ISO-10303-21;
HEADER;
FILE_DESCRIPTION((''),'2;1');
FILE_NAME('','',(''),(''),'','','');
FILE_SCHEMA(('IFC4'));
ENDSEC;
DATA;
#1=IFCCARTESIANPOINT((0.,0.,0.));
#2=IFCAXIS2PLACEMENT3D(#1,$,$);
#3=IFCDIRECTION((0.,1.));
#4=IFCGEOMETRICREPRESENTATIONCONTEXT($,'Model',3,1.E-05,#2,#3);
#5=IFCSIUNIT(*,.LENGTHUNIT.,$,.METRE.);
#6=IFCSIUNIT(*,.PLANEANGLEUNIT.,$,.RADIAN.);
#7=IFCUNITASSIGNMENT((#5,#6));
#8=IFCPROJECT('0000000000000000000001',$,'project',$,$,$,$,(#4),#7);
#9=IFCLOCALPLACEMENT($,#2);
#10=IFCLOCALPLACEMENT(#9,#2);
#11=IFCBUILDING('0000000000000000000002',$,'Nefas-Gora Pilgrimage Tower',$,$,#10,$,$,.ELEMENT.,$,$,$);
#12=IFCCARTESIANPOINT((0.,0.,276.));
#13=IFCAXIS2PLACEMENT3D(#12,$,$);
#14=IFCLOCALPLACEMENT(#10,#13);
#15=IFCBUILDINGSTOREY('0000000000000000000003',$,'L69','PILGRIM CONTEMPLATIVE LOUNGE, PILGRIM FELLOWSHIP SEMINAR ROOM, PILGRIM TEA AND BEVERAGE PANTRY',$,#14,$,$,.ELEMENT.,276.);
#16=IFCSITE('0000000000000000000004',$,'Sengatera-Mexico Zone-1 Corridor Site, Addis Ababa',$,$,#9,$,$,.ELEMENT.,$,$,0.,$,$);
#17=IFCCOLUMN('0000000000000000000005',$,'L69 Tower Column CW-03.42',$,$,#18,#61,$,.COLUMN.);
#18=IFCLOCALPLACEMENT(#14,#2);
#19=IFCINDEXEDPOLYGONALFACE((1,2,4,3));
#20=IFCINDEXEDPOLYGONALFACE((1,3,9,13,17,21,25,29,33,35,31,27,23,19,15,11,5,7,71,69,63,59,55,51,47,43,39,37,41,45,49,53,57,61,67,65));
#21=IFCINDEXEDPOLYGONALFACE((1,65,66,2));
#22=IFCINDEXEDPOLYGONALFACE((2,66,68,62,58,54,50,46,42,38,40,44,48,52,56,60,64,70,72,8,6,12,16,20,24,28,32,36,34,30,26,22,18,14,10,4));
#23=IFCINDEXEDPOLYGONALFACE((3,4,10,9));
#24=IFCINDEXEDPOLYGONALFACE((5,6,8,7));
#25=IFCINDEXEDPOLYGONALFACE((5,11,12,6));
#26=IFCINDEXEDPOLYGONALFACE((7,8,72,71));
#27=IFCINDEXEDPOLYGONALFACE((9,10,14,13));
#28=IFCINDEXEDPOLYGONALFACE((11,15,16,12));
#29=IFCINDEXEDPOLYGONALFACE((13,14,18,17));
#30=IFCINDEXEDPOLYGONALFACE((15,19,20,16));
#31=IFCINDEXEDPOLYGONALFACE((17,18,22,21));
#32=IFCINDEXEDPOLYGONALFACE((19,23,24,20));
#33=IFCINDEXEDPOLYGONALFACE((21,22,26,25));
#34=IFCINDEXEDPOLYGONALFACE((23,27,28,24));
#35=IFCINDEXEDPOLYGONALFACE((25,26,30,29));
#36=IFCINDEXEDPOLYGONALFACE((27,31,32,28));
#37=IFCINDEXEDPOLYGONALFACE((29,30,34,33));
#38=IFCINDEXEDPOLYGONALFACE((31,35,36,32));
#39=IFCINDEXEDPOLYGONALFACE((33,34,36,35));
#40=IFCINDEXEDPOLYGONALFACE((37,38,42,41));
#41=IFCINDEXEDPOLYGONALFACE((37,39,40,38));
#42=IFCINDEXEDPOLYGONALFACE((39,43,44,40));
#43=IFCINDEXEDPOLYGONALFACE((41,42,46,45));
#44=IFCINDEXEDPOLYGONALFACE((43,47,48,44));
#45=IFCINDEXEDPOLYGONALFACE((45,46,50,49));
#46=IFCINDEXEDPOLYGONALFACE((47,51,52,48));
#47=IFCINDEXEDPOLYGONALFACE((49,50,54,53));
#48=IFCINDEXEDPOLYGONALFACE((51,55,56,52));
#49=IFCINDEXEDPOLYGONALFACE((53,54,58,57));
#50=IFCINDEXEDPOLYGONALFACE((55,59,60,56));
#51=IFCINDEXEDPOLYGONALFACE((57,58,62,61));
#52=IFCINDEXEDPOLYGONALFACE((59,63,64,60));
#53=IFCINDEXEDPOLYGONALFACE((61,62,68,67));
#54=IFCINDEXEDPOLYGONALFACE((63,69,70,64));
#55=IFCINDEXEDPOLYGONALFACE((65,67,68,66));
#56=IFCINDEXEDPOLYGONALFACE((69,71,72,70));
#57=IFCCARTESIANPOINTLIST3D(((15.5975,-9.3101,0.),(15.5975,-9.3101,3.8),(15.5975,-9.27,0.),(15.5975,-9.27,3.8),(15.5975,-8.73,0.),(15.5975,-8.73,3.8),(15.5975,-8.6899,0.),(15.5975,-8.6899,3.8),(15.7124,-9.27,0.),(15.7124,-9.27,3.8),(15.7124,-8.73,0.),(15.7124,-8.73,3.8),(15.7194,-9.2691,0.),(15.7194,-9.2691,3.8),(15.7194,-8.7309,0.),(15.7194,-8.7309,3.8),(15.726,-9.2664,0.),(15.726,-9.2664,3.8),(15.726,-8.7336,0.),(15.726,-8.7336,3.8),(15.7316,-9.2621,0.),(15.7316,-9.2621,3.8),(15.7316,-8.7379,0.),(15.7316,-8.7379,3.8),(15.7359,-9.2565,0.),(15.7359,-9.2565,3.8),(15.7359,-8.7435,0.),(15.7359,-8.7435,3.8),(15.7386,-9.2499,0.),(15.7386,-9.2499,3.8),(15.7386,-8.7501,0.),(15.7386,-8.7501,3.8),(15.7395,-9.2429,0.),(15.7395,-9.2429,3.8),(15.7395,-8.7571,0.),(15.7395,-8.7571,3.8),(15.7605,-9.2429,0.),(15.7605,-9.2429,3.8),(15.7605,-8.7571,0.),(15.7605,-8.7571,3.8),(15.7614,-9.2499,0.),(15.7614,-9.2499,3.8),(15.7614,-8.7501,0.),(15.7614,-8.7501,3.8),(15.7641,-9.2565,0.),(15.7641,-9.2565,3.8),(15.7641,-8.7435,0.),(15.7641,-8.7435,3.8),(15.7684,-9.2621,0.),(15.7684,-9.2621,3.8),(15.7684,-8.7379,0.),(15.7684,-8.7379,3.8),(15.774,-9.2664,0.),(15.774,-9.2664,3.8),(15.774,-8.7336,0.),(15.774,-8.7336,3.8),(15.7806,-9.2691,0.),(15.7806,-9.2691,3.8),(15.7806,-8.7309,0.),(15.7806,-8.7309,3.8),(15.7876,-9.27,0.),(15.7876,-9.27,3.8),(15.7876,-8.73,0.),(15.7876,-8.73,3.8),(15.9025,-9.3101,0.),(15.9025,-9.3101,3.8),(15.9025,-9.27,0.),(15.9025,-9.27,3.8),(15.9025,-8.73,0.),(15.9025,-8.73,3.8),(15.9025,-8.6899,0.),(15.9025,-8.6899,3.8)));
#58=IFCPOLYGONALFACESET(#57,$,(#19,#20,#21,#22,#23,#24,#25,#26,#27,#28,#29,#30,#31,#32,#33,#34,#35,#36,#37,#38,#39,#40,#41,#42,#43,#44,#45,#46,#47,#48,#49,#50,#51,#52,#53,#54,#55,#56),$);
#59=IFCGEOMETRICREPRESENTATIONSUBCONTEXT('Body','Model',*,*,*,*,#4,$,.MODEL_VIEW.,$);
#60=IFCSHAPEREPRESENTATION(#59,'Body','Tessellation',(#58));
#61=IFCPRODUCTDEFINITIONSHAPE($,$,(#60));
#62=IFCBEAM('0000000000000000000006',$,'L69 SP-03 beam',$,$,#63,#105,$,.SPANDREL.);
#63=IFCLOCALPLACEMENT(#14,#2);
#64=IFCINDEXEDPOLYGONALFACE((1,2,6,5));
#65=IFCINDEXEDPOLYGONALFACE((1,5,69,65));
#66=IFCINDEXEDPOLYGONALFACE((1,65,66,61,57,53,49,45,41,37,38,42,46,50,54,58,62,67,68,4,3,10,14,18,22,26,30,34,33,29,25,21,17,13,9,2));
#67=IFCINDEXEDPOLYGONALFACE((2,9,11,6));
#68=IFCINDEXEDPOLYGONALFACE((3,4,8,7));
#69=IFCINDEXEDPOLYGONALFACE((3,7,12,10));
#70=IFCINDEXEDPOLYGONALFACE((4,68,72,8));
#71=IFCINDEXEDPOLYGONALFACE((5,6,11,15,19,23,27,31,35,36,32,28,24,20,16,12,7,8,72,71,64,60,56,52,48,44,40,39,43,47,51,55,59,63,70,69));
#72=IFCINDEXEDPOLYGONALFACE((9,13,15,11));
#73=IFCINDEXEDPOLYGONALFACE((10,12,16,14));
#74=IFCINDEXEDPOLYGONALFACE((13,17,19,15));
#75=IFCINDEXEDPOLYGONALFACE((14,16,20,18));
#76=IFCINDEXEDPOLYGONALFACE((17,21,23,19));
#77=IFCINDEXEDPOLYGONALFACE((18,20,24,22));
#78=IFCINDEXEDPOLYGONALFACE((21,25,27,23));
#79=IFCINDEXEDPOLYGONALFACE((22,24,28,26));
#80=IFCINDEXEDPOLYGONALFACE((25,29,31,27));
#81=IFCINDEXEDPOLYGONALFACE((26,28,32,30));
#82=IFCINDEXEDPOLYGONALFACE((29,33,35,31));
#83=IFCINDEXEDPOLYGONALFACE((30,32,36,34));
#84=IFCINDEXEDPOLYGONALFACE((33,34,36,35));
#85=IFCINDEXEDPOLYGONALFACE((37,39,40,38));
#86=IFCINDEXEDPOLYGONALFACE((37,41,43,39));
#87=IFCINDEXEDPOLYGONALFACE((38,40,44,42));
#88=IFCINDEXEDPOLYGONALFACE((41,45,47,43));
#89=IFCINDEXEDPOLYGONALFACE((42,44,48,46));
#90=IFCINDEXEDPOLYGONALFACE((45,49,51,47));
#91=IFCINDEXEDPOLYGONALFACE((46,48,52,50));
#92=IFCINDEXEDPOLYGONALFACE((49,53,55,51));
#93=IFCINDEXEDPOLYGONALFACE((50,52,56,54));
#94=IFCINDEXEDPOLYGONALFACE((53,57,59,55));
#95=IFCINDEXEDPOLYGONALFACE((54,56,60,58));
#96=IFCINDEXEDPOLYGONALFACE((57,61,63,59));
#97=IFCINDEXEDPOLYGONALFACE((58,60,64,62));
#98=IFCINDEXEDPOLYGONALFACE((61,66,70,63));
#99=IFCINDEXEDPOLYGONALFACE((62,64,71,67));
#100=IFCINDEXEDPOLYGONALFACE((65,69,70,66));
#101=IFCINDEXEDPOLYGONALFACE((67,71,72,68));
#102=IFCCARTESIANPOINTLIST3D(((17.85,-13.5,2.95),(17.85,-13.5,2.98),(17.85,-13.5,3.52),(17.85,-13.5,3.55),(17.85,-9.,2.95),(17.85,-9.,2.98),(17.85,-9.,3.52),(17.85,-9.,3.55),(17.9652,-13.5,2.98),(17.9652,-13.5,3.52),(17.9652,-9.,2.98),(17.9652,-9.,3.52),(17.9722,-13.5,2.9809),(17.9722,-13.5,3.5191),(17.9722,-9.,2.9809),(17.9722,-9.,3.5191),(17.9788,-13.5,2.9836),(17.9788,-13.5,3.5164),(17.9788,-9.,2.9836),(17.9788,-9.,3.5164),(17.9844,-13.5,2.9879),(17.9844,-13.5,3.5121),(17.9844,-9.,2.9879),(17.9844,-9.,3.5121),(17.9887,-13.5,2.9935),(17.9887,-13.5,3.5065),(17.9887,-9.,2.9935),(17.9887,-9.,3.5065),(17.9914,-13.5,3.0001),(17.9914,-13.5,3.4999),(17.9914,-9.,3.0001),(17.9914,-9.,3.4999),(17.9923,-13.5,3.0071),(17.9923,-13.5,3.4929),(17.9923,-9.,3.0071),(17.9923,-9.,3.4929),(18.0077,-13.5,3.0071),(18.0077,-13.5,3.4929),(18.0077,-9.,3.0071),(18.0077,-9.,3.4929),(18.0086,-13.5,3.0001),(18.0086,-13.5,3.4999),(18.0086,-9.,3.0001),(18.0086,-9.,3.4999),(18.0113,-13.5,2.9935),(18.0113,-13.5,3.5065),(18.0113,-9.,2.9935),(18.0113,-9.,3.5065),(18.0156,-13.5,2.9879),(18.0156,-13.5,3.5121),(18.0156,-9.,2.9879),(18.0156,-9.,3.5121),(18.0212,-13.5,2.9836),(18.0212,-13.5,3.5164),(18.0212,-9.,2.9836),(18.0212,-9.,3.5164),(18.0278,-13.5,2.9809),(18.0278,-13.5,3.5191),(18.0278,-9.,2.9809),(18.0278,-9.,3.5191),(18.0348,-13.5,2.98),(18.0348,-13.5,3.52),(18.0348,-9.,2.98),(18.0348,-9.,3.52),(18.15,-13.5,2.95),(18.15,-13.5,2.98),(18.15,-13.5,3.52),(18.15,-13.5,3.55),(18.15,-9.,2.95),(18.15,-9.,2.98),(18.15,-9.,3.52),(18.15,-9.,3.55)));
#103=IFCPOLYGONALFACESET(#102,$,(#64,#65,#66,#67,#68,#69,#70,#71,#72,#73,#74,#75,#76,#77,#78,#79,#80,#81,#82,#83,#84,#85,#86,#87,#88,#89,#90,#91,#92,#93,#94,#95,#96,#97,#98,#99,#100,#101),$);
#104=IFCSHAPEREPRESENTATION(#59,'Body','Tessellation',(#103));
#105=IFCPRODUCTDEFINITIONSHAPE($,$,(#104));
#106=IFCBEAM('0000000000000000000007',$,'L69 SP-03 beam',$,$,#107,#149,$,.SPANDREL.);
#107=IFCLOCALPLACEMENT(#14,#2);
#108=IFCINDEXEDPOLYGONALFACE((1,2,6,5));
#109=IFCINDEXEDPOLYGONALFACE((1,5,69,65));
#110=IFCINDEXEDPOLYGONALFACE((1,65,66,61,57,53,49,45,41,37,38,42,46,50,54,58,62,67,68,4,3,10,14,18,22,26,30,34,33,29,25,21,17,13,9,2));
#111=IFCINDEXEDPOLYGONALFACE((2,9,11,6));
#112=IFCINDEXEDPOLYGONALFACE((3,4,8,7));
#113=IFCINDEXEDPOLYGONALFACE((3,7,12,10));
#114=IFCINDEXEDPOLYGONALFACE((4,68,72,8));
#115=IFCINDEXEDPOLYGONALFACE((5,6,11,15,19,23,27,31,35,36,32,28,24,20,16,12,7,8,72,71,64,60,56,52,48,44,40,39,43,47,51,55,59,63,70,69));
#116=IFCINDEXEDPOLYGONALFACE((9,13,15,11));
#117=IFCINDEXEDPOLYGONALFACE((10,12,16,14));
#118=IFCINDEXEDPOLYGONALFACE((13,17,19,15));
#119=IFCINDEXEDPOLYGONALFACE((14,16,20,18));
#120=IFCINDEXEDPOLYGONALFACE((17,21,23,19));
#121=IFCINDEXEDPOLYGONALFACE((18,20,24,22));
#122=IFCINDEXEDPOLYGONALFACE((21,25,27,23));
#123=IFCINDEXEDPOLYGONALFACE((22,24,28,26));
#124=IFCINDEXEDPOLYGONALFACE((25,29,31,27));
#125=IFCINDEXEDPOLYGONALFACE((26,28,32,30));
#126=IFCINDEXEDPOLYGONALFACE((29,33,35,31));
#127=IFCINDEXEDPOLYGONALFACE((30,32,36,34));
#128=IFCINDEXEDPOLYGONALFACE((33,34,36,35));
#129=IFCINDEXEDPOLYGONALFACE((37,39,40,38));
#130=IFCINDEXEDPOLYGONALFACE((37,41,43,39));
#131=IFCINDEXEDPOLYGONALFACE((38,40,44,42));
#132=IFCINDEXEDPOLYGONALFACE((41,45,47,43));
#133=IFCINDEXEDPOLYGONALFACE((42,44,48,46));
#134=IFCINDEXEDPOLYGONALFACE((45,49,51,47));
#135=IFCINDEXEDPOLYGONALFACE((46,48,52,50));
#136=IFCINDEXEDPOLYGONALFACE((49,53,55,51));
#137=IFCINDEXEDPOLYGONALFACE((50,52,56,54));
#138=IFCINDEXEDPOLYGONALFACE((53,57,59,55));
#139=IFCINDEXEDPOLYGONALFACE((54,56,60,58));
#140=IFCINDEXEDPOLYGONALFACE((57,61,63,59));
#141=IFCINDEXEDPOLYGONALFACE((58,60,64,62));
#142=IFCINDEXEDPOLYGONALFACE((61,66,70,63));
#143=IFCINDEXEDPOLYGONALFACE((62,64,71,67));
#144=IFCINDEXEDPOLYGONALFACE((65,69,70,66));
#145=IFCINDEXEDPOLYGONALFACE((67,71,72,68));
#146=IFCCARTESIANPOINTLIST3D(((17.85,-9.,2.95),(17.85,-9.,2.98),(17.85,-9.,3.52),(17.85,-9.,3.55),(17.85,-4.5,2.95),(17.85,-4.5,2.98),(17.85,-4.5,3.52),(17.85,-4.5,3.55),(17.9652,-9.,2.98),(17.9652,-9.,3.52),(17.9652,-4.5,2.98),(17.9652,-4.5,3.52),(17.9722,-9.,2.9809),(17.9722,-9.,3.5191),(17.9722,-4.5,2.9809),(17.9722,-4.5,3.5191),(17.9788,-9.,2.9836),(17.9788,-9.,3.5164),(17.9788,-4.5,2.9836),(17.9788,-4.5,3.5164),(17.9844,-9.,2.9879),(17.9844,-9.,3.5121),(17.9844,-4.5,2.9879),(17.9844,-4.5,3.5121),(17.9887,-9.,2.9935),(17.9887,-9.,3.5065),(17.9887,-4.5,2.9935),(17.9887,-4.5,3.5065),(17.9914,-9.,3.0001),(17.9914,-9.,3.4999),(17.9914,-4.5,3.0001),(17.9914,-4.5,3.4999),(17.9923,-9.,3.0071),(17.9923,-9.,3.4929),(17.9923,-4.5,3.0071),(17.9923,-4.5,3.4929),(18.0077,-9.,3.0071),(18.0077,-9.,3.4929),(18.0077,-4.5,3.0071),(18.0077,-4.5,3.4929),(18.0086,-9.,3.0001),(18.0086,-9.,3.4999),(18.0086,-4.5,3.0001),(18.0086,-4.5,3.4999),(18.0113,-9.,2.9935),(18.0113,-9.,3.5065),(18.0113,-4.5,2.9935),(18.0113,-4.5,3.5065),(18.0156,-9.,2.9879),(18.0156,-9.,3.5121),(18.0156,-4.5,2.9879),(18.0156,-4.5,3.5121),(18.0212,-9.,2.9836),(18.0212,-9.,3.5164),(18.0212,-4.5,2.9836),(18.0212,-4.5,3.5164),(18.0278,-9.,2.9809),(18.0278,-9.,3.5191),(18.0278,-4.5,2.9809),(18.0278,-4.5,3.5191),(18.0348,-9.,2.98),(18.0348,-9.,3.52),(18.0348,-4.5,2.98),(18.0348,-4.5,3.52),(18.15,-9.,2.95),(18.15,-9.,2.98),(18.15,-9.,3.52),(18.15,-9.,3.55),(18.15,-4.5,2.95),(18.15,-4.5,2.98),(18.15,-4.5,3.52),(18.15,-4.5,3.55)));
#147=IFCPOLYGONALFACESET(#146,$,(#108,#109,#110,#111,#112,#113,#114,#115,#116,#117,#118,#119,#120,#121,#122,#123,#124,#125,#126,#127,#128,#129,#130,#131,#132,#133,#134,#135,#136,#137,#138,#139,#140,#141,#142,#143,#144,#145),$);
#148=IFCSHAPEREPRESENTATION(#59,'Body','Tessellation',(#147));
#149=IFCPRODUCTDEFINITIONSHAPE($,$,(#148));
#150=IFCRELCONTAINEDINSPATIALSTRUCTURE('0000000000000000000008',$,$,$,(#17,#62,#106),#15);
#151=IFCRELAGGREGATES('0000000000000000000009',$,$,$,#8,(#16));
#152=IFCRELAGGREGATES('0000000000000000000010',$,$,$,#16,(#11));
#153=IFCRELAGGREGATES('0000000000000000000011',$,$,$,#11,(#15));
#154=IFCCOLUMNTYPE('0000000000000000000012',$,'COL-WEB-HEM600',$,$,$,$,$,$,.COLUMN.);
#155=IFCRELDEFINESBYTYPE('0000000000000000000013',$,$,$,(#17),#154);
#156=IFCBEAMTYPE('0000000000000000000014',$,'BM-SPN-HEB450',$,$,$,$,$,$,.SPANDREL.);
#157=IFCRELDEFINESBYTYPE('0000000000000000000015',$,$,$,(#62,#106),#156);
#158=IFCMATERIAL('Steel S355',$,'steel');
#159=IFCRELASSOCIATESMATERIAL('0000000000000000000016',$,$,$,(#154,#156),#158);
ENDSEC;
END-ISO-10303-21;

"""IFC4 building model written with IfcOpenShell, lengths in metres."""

from ifc_helpers import new_model, si_unit, direction, frame, origin, origin_2d, place, context, subcontext, project, spatial, i_section, extrude, source, transform, mapped, material, material_profile, profile_set, type_object, element, save


model = new_model("IFC4")

# Units and contexts
model_context = context("Model", 3, precision=1e-05, world=origin(), true_north=direction((0.0, 1.0)))
body_context = subcontext(model_context, "Body", "Model", "MODEL_VIEW")
ifc_project = project(units=[si_unit("LENGTHUNIT", "METRE"), si_unit("PLANEANGLEUNIT", "RADIAN")], contexts=[model_context])

# Site, building, storey
site_placement = place(None, origin())
site = spatial("IfcSite", under=ifc_project, at=site_placement, Name="Sengatera-Mexico Zone-1 Corridor Site, Addis Ababa", CompositionType="ELEMENT", RefElevation=0.0)
building_placement = place(site_placement, origin())
building = spatial("IfcBuilding", under=site, at=building_placement, Name="Nefas-Gora Pilgrimage Tower", CompositionType="ELEMENT")
storey_placement = place(building_placement, frame((0.0, 0.0, 276.0)))
storey = spatial("IfcBuildingStorey", under=building, at=storey_placement, Name="L69", Description="PILGRIM CONTEMPLATIVE LOUNGE, PILGRIM FELLOWSHIP SEMINAR ROOM, PILGRIM TEA AND BEVERAGE PANTRY", CompositionType="ELEMENT", Elevation=276.0)

# Column
ifc_material_1 = material(Name="Steel S355", Category="steel")
ifc_material_profile_1 = material_profile(ifc_material_1, i_section(OverallWidth=0.3049, OverallDepth=0.6201, WebThickness=0.021, FlangeThickness=0.04, FilletRadius=0.0271, at=origin_2d()), Name="HEM 600")
ifc_profile_set_1 = profile_set([ifc_material_profile_1], Name="Steel S355")
column_type_1 = type_object("IfcColumnType", Name="COL-WEB-HEM600", PredefinedType="COLUMN", material=ifc_profile_set_1)
shared_shape_1 = source(origin(), body_context, "Body", "SweptSolid", [
    extrude(i_section(OverallWidth=0.3049, OverallDepth=0.6201, WebThickness=0.021, FlangeThickness=0.04, FilletRadius=0.0271, at=origin_2d()), origin(), (0.0, 0.0, 1.0), 3.8),
])
for number, where, z_axis, x_axis, name in (
    (1, (15.75, -9.0, 0.0), (0.0, 0.0, 1.0), (1.0, 0.0, 0.0), "L69 Tower Column CW-03.42"),
):
    element("IfcColumn", number, at=place(storey_placement, frame(where, z_axis=z_axis, x_axis=x_axis)), inside=storey, type_object=column_type_1, Name=name, PredefinedType="COLUMN", context=body_context, shape_type="MappedRepresentation", body=[
        mapped(shared_shape_1, transform((0.0, 0.0, 0.0), x_axis=(1.0, 0.0, 0.0), y_axis=(0.0, 1.0, 0.0), z_axis=(0.0, 0.0, 1.0), scale=1.0)),
    ])

# Beams
ifc_material_profile_2 = material_profile(ifc_material_1, i_section(OverallWidth=0.3, OverallDepth=0.6001, WebThickness=0.0154, FlangeThickness=0.03, FilletRadius=0.0271, at=origin_2d()), Name="HEB 600")
ifc_profile_set_2 = profile_set([ifc_material_profile_2], Name="Steel S355")
beam_type_1 = type_object("IfcBeamType", Name="BM-SPN-HEB450", PredefinedType="SPANDREL", material=ifc_profile_set_2)
shared_shape_2 = source(origin(), body_context, "Body", "SweptSolid", [
    extrude(i_section(OverallWidth=0.3, OverallDepth=0.6001, WebThickness=0.0154, FlangeThickness=0.03, FilletRadius=0.0271, at=origin_2d()), origin(), (0.0, 0.0, 1.0), 4.5),
])
for number, where, z_axis, x_axis, name in (
    (2, (18.0, -13.5, 3.25), (0.0, 1.0, 0.0), (-1.0, 0.0, 0.0), "L69 SP-03 beam"),
    (3, (18.0, -9.0, 3.25), (0.0, 1.0, 0.0), (-1.0, 0.0, 0.0), "L69 SP-03 beam"),
):
    element("IfcBeam", number, at=place(storey_placement, frame(where, z_axis=z_axis, x_axis=x_axis)), inside=storey, type_object=beam_type_1, Name=name, PredefinedType="SPANDREL", context=body_context, shape_type="MappedRepresentation", body=[
        mapped(shared_shape_2, transform((0.0, 0.0, 0.0), x_axis=(1.0, 0.0, 0.0), y_axis=(0.0, 1.0, 0.0), z_axis=(0.0, 0.0, 1.0), scale=1.0)),
    ])

save(model, "model.ifc")
